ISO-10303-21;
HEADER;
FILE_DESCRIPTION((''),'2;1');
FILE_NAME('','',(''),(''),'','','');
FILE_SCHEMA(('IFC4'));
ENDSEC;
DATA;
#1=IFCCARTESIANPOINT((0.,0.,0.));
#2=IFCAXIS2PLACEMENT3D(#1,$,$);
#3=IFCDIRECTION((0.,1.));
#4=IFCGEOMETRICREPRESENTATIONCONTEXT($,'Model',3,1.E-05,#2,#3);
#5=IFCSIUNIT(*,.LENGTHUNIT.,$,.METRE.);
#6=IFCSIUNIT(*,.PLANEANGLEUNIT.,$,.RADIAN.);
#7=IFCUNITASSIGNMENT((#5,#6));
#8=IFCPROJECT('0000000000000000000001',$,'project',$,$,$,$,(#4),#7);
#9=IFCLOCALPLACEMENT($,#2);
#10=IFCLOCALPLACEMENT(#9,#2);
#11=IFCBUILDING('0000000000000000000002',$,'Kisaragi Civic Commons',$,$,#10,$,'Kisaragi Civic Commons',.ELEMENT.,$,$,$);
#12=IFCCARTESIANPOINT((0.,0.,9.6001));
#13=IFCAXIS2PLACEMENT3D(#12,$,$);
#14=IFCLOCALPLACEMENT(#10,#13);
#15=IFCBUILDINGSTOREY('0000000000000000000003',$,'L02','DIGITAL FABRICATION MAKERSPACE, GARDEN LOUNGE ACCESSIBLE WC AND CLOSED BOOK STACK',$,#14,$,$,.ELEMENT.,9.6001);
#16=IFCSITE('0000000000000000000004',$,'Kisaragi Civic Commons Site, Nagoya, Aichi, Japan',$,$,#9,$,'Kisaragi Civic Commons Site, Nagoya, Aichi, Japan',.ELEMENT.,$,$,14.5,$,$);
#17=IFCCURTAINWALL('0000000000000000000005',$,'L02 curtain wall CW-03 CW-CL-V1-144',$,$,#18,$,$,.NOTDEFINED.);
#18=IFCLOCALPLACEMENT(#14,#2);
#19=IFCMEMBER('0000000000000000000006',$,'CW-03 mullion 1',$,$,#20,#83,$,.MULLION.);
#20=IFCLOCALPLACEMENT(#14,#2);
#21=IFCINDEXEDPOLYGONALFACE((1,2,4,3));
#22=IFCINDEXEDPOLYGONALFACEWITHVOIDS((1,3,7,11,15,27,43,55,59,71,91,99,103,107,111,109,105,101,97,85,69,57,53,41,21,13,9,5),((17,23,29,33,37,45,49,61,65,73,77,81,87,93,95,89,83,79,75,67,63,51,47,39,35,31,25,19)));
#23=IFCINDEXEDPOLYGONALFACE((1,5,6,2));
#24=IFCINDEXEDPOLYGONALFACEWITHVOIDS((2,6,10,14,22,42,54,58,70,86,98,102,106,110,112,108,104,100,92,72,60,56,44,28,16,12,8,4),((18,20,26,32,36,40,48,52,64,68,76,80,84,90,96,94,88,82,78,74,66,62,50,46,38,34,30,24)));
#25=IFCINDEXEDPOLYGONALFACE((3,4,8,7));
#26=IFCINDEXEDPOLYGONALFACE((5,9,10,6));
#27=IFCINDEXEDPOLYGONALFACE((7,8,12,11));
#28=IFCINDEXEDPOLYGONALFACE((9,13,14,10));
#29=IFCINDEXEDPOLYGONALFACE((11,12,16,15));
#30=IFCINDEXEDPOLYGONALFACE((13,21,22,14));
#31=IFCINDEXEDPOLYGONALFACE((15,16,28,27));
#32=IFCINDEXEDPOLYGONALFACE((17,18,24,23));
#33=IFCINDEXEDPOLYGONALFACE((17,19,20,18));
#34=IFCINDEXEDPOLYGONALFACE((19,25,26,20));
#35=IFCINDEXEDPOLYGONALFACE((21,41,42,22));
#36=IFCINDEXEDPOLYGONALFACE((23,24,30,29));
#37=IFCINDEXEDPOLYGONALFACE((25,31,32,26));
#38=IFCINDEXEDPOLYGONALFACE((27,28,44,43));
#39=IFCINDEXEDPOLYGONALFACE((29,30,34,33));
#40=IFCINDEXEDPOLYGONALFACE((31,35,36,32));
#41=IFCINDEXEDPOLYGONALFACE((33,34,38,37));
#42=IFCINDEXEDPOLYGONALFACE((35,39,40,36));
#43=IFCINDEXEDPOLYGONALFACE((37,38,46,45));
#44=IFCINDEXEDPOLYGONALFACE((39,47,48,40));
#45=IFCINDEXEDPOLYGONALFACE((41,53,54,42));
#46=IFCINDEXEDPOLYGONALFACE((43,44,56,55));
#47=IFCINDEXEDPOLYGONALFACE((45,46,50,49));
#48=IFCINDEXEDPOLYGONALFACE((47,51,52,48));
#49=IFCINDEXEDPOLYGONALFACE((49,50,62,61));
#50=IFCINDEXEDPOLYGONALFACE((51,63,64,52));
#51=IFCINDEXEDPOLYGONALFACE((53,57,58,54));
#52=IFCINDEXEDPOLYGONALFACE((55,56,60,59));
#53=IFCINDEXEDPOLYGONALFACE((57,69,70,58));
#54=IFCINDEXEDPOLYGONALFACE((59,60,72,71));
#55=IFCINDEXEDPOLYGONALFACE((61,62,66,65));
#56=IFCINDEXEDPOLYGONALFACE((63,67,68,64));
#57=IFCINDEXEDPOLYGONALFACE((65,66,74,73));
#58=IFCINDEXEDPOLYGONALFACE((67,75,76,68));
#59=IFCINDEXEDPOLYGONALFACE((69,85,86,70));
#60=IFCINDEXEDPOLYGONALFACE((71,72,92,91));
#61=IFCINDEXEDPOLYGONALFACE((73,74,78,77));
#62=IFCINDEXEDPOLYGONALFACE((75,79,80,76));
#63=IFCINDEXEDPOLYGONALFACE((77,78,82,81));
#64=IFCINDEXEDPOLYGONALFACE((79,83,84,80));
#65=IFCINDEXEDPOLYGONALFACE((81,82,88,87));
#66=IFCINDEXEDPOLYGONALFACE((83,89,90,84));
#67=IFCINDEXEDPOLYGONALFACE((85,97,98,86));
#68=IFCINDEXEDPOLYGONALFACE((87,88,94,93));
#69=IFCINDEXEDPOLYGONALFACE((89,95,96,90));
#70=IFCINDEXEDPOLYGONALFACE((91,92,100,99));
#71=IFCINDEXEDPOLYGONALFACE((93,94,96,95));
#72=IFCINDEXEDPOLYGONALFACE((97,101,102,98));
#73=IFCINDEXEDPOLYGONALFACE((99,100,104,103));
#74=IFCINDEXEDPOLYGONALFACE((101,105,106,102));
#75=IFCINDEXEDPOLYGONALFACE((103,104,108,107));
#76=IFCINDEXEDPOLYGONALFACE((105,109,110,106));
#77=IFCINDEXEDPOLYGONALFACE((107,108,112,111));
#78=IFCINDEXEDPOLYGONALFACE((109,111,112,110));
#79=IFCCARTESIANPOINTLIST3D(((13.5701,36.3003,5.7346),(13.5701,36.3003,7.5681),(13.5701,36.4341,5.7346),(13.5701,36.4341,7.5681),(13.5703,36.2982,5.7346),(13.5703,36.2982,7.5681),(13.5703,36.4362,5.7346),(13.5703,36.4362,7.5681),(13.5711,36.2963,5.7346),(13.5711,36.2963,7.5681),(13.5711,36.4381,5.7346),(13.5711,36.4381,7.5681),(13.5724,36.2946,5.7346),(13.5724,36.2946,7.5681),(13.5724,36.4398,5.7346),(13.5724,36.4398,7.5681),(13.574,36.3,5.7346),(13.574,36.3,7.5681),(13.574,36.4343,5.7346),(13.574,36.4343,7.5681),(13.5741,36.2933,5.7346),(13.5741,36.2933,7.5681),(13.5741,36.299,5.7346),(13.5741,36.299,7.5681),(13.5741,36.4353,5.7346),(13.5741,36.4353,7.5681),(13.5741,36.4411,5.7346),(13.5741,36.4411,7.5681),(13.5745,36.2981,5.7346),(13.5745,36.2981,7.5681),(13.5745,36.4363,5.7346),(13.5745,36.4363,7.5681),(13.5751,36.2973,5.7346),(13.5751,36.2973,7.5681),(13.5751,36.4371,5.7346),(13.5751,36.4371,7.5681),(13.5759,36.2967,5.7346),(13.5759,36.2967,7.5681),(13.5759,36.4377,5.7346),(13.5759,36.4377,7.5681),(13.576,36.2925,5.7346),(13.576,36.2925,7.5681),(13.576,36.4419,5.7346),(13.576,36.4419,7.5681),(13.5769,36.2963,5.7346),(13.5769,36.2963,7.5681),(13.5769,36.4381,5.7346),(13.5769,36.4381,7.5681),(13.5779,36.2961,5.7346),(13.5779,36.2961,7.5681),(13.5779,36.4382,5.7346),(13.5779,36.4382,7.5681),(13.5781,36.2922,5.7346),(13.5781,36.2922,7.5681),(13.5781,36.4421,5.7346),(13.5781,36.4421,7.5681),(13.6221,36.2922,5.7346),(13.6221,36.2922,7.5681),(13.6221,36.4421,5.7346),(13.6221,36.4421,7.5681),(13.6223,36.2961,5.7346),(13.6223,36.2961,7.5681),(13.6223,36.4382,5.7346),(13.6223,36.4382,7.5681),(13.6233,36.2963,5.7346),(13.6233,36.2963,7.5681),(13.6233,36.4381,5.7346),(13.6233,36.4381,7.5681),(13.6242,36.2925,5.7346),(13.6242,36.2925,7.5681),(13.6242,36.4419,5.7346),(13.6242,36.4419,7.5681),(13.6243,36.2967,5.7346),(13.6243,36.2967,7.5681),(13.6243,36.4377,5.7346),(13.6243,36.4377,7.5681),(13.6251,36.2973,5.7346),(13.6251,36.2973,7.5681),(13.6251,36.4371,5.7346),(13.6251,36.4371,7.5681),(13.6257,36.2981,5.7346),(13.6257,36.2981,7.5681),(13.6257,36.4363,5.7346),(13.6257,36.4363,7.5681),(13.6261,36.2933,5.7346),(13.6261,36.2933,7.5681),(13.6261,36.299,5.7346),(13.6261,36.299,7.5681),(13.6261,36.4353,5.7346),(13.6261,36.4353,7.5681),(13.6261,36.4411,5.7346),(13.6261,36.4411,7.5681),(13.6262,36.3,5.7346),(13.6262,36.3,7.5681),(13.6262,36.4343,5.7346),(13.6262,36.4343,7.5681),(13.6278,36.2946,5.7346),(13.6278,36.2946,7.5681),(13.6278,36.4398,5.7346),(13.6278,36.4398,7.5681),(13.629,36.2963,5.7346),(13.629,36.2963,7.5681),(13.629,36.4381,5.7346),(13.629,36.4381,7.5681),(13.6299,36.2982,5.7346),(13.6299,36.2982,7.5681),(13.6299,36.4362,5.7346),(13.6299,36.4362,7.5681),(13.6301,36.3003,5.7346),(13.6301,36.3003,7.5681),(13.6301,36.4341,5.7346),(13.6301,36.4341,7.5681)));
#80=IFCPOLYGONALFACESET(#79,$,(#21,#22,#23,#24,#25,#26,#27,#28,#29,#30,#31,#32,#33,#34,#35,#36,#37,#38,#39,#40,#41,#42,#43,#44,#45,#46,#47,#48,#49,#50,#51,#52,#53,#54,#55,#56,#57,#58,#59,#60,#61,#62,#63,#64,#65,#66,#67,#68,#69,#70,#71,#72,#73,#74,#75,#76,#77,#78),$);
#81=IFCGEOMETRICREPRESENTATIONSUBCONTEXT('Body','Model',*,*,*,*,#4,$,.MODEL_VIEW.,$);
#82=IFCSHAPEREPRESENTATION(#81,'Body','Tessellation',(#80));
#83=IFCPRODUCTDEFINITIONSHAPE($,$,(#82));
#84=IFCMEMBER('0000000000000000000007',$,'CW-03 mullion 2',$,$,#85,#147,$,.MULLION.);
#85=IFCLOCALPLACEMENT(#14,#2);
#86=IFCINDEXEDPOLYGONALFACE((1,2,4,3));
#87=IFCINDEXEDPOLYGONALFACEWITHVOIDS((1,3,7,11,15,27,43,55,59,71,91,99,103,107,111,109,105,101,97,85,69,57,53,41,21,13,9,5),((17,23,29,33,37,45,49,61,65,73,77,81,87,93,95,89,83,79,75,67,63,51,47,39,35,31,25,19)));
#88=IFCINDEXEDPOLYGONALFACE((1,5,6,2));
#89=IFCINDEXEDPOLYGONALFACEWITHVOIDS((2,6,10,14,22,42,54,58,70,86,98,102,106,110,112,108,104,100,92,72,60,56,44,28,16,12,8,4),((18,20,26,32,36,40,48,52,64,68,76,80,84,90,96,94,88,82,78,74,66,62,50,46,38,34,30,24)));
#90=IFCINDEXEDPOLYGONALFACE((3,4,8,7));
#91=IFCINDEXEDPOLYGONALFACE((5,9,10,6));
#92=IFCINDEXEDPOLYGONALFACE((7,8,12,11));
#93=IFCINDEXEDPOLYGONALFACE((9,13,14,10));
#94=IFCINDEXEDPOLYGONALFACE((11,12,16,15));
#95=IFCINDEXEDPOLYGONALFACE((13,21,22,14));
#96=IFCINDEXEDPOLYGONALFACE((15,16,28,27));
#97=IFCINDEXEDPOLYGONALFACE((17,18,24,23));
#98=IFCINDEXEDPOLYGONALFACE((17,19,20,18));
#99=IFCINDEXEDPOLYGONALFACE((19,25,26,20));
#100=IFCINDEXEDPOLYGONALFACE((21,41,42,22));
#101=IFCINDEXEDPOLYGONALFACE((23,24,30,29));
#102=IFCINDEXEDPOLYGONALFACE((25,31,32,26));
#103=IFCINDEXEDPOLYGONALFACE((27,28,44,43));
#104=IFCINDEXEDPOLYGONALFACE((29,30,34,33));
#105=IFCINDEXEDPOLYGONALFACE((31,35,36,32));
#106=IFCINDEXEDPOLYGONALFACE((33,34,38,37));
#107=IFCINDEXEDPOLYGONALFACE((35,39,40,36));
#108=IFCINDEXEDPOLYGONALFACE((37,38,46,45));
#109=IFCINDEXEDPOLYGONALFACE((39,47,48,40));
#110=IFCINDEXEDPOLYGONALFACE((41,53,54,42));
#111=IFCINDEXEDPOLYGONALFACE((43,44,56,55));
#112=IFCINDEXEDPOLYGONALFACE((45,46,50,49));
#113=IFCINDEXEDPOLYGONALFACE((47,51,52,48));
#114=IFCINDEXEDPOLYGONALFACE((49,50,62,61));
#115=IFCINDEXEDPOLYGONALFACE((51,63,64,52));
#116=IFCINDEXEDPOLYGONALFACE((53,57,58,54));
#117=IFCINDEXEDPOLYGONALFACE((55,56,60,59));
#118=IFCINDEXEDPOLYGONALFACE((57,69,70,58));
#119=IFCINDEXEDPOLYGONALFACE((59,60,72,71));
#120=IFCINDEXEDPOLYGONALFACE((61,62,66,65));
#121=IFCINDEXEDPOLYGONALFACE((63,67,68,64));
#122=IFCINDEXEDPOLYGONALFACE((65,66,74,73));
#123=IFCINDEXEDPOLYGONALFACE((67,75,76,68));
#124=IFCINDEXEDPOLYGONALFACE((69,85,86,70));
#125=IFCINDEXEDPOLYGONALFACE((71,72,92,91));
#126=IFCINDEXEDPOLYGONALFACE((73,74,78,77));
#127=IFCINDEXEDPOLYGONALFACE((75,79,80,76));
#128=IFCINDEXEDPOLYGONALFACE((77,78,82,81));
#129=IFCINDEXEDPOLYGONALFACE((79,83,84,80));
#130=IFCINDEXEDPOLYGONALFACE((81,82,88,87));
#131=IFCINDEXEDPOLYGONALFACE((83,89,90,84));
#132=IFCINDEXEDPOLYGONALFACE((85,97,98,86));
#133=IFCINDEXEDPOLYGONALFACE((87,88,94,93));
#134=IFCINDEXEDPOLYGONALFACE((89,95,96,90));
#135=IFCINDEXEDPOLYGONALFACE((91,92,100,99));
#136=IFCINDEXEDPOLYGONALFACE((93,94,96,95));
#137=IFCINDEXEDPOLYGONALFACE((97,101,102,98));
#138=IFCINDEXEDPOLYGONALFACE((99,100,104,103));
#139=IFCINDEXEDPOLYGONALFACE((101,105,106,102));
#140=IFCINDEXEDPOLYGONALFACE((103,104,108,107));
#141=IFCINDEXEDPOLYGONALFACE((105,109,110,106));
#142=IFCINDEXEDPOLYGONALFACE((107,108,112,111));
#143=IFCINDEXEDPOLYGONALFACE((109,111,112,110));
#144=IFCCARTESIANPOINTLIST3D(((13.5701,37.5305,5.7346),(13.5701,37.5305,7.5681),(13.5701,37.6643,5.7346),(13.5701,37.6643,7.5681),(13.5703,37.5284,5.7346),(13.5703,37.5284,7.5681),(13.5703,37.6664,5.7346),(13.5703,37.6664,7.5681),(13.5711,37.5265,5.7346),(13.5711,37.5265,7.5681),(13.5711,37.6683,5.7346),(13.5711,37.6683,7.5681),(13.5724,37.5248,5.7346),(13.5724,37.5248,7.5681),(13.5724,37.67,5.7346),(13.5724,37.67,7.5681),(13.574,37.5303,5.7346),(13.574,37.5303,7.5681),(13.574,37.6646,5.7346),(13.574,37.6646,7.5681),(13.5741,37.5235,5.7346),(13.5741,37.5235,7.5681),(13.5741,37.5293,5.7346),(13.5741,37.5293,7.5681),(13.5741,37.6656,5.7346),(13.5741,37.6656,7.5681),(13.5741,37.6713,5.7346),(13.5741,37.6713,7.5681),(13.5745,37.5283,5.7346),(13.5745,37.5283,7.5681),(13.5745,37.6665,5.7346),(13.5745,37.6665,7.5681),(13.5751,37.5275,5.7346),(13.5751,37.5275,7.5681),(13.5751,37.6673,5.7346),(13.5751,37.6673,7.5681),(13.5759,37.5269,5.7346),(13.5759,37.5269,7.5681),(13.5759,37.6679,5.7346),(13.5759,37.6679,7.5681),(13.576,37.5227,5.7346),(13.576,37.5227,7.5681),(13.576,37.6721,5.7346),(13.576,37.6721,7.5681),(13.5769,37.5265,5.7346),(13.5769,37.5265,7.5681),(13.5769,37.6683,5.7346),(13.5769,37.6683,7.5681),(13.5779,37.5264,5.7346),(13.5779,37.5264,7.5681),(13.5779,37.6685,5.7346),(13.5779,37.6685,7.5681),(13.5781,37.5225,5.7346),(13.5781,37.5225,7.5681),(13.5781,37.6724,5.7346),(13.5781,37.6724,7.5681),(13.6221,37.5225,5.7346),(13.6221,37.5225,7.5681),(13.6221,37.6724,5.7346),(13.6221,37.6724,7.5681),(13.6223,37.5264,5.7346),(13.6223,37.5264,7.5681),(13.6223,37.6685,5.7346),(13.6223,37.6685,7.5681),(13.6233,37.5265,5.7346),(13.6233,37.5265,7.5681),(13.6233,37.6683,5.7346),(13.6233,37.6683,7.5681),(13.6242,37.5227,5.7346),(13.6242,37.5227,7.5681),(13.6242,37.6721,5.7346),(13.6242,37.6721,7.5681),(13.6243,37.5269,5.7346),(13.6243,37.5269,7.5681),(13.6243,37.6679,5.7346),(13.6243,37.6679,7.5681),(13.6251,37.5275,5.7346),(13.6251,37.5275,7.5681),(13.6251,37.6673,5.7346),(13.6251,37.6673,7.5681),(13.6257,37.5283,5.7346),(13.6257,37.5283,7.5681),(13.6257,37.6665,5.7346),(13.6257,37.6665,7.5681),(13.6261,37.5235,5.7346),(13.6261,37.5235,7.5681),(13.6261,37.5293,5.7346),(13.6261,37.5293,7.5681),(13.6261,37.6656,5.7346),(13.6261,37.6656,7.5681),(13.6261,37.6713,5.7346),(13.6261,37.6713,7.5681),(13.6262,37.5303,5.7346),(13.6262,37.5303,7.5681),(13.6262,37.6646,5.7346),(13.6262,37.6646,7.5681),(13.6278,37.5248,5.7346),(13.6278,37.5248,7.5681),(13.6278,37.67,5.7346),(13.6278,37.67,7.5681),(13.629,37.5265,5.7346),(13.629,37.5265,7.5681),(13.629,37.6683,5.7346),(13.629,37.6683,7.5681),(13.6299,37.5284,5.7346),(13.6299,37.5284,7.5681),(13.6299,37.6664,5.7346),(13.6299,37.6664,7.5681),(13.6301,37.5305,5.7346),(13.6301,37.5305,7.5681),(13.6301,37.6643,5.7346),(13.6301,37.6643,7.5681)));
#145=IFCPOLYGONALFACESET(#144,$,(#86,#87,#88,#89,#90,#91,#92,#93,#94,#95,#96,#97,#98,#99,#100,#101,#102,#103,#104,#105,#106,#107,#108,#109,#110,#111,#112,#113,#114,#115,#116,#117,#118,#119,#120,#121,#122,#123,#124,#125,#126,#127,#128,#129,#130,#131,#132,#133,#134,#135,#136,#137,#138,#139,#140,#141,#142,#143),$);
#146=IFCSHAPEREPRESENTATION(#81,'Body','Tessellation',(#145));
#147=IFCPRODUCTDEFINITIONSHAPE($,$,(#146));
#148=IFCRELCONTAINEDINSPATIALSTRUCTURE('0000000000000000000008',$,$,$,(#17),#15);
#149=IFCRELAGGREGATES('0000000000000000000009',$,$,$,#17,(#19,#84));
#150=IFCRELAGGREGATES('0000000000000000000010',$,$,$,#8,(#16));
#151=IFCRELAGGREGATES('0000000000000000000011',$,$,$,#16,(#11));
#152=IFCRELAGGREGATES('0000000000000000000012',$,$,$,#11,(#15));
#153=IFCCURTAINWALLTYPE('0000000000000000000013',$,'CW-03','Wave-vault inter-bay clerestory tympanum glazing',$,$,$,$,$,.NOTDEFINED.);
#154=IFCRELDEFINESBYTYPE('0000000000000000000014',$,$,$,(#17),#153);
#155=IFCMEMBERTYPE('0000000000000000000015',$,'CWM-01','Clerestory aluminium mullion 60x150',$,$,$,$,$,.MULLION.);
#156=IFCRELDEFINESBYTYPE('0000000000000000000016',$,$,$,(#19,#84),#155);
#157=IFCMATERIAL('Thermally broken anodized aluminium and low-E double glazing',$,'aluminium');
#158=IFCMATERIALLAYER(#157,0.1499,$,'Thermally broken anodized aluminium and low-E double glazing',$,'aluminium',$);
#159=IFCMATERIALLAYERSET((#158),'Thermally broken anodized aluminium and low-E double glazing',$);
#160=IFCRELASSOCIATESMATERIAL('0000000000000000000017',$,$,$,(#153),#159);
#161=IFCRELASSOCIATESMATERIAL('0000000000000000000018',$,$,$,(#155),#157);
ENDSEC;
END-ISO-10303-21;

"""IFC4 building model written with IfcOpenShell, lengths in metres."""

from ifc_helpers import new_model, si_unit, direction, frame, origin, origin_2d, place, context, subcontext, project, spatial, hollow_rectangle, extrude, material, layer, layer_set, material_profile, profile_set, type_object, element, aggregate, save


model = new_model("IFC4")

# Units and contexts
model_context = context("Model", 3, precision=1e-05, world=origin(), true_north=direction((0.0, 1.0)))
body_context = subcontext(model_context, "Body", "Model", "MODEL_VIEW")
ifc_project = project(units=[si_unit("LENGTHUNIT", "METRE"), si_unit("PLANEANGLEUNIT", "RADIAN")], contexts=[model_context])

# Site, building, storey
site_placement = place(None, origin())
site = spatial("IfcSite", under=ifc_project, at=site_placement, Name="Kisaragi Civic Commons Site, Nagoya, Aichi, Japan", LongName="Kisaragi Civic Commons Site, Nagoya, Aichi, Japan", CompositionType="ELEMENT", RefElevation=14.5)
building_placement = place(site_placement, origin())
building = spatial("IfcBuilding", under=site, at=building_placement, Name="Kisaragi Civic Commons", LongName="Kisaragi Civic Commons", CompositionType="ELEMENT")
storey_placement = place(building_placement, frame((0.0, 0.0, 9.6001)))
storey = spatial("IfcBuildingStorey", under=building, at=storey_placement, Name="L02", Description="DIGITAL FABRICATION MAKERSPACE, GARDEN LOUNGE ACCESSIBLE WC AND CLOSED BOOK STACK", CompositionType="ELEMENT", Elevation=9.6001)

# Shared definitions
ifc_material_1 = material(Name="Thermally broken anodized aluminium and low-E double glazing", Category="aluminium")
ifc_layer_1 = layer(ifc_material_1, 0.1499, Name="Thermally broken anodized aluminium and low-E double glazing", Category="aluminium")
ifc_layer_set_1 = layer_set([ifc_layer_1], Name="Thermally broken anodized aluminium and low-E double glazing")
curtain_wall_type = type_object("IfcCurtainWallType", Name="CW-03", Description="Wave-vault inter-bay clerestory tympanum glazing", PredefinedType="NOTDEFINED", material=ifc_layer_set_1)
ifc_material_profile_1 = material_profile(ifc_material_1, hollow_rectangle(XDim=0.0601, YDim=0.1499, WallThickness=0.0039, InnerFilletRadius=0.0039, OuterFilletRadius=0.0081, at=origin_2d()), Name="CWM-60x150x4", Category="aluminium")
ifc_profile_set_1 = profile_set([ifc_material_profile_1], Name="Thermally broken anodized aluminium and low-E double glazing")
member_type_1 = type_object("IfcMemberType", Name="CWM-01", Description="Clerestory aluminium mullion 60x150", PredefinedType="MULLION", material=ifc_profile_set_1)

# Curtain wall, members
curtain_wall_1_placement = place(storey_placement, origin())
curtain_wall_1 = element("IfcCurtainWall", 1, at=curtain_wall_1_placement, inside=storey, type_object=curtain_wall_type, Name="L02 curtain wall CW-03 CW-CL-V1-144", PredefinedType="NOTDEFINED")
member_1_placement = place(storey_placement, frame((13.6001, 36.3672, 5.7346), z_axis=(0.0, 0.0, 1.0), x_axis=(-1.0, 0.0, 0.0)))
member_1 = element("IfcMember", 2, at=member_1_placement, type_object=member_type_1, Name="CW-03 mullion 1", PredefinedType="MULLION", context=body_context, shape_type="SweptSolid", body=[
    extrude(hollow_rectangle(XDim=0.0601, YDim=0.1499, WallThickness=0.0039, InnerFilletRadius=0.0039, OuterFilletRadius=0.0081, at=origin_2d()), origin(), (0.0, 0.0, 1.0), 1.8335),
])
member_2_placement = place(storey_placement, frame((13.6001, 37.5974, 5.7346), z_axis=(0.0, 0.0, 1.0), x_axis=(-1.0, 0.0, 0.0)))
member_2 = element("IfcMember", 3, at=member_2_placement, type_object=member_type_1, Name="CW-03 mullion 2", PredefinedType="MULLION", context=body_context, shape_type="SweptSolid", body=[
    extrude(hollow_rectangle(XDim=0.0601, YDim=0.1499, WallThickness=0.0039, InnerFilletRadius=0.0039, OuterFilletRadius=0.0081, at=origin_2d()), origin(), (0.0, 0.0, 1.0), 1.8335),
])

aggregate(curtain_wall_1, [member_1, member_2])

save(model, "model.ifc")
